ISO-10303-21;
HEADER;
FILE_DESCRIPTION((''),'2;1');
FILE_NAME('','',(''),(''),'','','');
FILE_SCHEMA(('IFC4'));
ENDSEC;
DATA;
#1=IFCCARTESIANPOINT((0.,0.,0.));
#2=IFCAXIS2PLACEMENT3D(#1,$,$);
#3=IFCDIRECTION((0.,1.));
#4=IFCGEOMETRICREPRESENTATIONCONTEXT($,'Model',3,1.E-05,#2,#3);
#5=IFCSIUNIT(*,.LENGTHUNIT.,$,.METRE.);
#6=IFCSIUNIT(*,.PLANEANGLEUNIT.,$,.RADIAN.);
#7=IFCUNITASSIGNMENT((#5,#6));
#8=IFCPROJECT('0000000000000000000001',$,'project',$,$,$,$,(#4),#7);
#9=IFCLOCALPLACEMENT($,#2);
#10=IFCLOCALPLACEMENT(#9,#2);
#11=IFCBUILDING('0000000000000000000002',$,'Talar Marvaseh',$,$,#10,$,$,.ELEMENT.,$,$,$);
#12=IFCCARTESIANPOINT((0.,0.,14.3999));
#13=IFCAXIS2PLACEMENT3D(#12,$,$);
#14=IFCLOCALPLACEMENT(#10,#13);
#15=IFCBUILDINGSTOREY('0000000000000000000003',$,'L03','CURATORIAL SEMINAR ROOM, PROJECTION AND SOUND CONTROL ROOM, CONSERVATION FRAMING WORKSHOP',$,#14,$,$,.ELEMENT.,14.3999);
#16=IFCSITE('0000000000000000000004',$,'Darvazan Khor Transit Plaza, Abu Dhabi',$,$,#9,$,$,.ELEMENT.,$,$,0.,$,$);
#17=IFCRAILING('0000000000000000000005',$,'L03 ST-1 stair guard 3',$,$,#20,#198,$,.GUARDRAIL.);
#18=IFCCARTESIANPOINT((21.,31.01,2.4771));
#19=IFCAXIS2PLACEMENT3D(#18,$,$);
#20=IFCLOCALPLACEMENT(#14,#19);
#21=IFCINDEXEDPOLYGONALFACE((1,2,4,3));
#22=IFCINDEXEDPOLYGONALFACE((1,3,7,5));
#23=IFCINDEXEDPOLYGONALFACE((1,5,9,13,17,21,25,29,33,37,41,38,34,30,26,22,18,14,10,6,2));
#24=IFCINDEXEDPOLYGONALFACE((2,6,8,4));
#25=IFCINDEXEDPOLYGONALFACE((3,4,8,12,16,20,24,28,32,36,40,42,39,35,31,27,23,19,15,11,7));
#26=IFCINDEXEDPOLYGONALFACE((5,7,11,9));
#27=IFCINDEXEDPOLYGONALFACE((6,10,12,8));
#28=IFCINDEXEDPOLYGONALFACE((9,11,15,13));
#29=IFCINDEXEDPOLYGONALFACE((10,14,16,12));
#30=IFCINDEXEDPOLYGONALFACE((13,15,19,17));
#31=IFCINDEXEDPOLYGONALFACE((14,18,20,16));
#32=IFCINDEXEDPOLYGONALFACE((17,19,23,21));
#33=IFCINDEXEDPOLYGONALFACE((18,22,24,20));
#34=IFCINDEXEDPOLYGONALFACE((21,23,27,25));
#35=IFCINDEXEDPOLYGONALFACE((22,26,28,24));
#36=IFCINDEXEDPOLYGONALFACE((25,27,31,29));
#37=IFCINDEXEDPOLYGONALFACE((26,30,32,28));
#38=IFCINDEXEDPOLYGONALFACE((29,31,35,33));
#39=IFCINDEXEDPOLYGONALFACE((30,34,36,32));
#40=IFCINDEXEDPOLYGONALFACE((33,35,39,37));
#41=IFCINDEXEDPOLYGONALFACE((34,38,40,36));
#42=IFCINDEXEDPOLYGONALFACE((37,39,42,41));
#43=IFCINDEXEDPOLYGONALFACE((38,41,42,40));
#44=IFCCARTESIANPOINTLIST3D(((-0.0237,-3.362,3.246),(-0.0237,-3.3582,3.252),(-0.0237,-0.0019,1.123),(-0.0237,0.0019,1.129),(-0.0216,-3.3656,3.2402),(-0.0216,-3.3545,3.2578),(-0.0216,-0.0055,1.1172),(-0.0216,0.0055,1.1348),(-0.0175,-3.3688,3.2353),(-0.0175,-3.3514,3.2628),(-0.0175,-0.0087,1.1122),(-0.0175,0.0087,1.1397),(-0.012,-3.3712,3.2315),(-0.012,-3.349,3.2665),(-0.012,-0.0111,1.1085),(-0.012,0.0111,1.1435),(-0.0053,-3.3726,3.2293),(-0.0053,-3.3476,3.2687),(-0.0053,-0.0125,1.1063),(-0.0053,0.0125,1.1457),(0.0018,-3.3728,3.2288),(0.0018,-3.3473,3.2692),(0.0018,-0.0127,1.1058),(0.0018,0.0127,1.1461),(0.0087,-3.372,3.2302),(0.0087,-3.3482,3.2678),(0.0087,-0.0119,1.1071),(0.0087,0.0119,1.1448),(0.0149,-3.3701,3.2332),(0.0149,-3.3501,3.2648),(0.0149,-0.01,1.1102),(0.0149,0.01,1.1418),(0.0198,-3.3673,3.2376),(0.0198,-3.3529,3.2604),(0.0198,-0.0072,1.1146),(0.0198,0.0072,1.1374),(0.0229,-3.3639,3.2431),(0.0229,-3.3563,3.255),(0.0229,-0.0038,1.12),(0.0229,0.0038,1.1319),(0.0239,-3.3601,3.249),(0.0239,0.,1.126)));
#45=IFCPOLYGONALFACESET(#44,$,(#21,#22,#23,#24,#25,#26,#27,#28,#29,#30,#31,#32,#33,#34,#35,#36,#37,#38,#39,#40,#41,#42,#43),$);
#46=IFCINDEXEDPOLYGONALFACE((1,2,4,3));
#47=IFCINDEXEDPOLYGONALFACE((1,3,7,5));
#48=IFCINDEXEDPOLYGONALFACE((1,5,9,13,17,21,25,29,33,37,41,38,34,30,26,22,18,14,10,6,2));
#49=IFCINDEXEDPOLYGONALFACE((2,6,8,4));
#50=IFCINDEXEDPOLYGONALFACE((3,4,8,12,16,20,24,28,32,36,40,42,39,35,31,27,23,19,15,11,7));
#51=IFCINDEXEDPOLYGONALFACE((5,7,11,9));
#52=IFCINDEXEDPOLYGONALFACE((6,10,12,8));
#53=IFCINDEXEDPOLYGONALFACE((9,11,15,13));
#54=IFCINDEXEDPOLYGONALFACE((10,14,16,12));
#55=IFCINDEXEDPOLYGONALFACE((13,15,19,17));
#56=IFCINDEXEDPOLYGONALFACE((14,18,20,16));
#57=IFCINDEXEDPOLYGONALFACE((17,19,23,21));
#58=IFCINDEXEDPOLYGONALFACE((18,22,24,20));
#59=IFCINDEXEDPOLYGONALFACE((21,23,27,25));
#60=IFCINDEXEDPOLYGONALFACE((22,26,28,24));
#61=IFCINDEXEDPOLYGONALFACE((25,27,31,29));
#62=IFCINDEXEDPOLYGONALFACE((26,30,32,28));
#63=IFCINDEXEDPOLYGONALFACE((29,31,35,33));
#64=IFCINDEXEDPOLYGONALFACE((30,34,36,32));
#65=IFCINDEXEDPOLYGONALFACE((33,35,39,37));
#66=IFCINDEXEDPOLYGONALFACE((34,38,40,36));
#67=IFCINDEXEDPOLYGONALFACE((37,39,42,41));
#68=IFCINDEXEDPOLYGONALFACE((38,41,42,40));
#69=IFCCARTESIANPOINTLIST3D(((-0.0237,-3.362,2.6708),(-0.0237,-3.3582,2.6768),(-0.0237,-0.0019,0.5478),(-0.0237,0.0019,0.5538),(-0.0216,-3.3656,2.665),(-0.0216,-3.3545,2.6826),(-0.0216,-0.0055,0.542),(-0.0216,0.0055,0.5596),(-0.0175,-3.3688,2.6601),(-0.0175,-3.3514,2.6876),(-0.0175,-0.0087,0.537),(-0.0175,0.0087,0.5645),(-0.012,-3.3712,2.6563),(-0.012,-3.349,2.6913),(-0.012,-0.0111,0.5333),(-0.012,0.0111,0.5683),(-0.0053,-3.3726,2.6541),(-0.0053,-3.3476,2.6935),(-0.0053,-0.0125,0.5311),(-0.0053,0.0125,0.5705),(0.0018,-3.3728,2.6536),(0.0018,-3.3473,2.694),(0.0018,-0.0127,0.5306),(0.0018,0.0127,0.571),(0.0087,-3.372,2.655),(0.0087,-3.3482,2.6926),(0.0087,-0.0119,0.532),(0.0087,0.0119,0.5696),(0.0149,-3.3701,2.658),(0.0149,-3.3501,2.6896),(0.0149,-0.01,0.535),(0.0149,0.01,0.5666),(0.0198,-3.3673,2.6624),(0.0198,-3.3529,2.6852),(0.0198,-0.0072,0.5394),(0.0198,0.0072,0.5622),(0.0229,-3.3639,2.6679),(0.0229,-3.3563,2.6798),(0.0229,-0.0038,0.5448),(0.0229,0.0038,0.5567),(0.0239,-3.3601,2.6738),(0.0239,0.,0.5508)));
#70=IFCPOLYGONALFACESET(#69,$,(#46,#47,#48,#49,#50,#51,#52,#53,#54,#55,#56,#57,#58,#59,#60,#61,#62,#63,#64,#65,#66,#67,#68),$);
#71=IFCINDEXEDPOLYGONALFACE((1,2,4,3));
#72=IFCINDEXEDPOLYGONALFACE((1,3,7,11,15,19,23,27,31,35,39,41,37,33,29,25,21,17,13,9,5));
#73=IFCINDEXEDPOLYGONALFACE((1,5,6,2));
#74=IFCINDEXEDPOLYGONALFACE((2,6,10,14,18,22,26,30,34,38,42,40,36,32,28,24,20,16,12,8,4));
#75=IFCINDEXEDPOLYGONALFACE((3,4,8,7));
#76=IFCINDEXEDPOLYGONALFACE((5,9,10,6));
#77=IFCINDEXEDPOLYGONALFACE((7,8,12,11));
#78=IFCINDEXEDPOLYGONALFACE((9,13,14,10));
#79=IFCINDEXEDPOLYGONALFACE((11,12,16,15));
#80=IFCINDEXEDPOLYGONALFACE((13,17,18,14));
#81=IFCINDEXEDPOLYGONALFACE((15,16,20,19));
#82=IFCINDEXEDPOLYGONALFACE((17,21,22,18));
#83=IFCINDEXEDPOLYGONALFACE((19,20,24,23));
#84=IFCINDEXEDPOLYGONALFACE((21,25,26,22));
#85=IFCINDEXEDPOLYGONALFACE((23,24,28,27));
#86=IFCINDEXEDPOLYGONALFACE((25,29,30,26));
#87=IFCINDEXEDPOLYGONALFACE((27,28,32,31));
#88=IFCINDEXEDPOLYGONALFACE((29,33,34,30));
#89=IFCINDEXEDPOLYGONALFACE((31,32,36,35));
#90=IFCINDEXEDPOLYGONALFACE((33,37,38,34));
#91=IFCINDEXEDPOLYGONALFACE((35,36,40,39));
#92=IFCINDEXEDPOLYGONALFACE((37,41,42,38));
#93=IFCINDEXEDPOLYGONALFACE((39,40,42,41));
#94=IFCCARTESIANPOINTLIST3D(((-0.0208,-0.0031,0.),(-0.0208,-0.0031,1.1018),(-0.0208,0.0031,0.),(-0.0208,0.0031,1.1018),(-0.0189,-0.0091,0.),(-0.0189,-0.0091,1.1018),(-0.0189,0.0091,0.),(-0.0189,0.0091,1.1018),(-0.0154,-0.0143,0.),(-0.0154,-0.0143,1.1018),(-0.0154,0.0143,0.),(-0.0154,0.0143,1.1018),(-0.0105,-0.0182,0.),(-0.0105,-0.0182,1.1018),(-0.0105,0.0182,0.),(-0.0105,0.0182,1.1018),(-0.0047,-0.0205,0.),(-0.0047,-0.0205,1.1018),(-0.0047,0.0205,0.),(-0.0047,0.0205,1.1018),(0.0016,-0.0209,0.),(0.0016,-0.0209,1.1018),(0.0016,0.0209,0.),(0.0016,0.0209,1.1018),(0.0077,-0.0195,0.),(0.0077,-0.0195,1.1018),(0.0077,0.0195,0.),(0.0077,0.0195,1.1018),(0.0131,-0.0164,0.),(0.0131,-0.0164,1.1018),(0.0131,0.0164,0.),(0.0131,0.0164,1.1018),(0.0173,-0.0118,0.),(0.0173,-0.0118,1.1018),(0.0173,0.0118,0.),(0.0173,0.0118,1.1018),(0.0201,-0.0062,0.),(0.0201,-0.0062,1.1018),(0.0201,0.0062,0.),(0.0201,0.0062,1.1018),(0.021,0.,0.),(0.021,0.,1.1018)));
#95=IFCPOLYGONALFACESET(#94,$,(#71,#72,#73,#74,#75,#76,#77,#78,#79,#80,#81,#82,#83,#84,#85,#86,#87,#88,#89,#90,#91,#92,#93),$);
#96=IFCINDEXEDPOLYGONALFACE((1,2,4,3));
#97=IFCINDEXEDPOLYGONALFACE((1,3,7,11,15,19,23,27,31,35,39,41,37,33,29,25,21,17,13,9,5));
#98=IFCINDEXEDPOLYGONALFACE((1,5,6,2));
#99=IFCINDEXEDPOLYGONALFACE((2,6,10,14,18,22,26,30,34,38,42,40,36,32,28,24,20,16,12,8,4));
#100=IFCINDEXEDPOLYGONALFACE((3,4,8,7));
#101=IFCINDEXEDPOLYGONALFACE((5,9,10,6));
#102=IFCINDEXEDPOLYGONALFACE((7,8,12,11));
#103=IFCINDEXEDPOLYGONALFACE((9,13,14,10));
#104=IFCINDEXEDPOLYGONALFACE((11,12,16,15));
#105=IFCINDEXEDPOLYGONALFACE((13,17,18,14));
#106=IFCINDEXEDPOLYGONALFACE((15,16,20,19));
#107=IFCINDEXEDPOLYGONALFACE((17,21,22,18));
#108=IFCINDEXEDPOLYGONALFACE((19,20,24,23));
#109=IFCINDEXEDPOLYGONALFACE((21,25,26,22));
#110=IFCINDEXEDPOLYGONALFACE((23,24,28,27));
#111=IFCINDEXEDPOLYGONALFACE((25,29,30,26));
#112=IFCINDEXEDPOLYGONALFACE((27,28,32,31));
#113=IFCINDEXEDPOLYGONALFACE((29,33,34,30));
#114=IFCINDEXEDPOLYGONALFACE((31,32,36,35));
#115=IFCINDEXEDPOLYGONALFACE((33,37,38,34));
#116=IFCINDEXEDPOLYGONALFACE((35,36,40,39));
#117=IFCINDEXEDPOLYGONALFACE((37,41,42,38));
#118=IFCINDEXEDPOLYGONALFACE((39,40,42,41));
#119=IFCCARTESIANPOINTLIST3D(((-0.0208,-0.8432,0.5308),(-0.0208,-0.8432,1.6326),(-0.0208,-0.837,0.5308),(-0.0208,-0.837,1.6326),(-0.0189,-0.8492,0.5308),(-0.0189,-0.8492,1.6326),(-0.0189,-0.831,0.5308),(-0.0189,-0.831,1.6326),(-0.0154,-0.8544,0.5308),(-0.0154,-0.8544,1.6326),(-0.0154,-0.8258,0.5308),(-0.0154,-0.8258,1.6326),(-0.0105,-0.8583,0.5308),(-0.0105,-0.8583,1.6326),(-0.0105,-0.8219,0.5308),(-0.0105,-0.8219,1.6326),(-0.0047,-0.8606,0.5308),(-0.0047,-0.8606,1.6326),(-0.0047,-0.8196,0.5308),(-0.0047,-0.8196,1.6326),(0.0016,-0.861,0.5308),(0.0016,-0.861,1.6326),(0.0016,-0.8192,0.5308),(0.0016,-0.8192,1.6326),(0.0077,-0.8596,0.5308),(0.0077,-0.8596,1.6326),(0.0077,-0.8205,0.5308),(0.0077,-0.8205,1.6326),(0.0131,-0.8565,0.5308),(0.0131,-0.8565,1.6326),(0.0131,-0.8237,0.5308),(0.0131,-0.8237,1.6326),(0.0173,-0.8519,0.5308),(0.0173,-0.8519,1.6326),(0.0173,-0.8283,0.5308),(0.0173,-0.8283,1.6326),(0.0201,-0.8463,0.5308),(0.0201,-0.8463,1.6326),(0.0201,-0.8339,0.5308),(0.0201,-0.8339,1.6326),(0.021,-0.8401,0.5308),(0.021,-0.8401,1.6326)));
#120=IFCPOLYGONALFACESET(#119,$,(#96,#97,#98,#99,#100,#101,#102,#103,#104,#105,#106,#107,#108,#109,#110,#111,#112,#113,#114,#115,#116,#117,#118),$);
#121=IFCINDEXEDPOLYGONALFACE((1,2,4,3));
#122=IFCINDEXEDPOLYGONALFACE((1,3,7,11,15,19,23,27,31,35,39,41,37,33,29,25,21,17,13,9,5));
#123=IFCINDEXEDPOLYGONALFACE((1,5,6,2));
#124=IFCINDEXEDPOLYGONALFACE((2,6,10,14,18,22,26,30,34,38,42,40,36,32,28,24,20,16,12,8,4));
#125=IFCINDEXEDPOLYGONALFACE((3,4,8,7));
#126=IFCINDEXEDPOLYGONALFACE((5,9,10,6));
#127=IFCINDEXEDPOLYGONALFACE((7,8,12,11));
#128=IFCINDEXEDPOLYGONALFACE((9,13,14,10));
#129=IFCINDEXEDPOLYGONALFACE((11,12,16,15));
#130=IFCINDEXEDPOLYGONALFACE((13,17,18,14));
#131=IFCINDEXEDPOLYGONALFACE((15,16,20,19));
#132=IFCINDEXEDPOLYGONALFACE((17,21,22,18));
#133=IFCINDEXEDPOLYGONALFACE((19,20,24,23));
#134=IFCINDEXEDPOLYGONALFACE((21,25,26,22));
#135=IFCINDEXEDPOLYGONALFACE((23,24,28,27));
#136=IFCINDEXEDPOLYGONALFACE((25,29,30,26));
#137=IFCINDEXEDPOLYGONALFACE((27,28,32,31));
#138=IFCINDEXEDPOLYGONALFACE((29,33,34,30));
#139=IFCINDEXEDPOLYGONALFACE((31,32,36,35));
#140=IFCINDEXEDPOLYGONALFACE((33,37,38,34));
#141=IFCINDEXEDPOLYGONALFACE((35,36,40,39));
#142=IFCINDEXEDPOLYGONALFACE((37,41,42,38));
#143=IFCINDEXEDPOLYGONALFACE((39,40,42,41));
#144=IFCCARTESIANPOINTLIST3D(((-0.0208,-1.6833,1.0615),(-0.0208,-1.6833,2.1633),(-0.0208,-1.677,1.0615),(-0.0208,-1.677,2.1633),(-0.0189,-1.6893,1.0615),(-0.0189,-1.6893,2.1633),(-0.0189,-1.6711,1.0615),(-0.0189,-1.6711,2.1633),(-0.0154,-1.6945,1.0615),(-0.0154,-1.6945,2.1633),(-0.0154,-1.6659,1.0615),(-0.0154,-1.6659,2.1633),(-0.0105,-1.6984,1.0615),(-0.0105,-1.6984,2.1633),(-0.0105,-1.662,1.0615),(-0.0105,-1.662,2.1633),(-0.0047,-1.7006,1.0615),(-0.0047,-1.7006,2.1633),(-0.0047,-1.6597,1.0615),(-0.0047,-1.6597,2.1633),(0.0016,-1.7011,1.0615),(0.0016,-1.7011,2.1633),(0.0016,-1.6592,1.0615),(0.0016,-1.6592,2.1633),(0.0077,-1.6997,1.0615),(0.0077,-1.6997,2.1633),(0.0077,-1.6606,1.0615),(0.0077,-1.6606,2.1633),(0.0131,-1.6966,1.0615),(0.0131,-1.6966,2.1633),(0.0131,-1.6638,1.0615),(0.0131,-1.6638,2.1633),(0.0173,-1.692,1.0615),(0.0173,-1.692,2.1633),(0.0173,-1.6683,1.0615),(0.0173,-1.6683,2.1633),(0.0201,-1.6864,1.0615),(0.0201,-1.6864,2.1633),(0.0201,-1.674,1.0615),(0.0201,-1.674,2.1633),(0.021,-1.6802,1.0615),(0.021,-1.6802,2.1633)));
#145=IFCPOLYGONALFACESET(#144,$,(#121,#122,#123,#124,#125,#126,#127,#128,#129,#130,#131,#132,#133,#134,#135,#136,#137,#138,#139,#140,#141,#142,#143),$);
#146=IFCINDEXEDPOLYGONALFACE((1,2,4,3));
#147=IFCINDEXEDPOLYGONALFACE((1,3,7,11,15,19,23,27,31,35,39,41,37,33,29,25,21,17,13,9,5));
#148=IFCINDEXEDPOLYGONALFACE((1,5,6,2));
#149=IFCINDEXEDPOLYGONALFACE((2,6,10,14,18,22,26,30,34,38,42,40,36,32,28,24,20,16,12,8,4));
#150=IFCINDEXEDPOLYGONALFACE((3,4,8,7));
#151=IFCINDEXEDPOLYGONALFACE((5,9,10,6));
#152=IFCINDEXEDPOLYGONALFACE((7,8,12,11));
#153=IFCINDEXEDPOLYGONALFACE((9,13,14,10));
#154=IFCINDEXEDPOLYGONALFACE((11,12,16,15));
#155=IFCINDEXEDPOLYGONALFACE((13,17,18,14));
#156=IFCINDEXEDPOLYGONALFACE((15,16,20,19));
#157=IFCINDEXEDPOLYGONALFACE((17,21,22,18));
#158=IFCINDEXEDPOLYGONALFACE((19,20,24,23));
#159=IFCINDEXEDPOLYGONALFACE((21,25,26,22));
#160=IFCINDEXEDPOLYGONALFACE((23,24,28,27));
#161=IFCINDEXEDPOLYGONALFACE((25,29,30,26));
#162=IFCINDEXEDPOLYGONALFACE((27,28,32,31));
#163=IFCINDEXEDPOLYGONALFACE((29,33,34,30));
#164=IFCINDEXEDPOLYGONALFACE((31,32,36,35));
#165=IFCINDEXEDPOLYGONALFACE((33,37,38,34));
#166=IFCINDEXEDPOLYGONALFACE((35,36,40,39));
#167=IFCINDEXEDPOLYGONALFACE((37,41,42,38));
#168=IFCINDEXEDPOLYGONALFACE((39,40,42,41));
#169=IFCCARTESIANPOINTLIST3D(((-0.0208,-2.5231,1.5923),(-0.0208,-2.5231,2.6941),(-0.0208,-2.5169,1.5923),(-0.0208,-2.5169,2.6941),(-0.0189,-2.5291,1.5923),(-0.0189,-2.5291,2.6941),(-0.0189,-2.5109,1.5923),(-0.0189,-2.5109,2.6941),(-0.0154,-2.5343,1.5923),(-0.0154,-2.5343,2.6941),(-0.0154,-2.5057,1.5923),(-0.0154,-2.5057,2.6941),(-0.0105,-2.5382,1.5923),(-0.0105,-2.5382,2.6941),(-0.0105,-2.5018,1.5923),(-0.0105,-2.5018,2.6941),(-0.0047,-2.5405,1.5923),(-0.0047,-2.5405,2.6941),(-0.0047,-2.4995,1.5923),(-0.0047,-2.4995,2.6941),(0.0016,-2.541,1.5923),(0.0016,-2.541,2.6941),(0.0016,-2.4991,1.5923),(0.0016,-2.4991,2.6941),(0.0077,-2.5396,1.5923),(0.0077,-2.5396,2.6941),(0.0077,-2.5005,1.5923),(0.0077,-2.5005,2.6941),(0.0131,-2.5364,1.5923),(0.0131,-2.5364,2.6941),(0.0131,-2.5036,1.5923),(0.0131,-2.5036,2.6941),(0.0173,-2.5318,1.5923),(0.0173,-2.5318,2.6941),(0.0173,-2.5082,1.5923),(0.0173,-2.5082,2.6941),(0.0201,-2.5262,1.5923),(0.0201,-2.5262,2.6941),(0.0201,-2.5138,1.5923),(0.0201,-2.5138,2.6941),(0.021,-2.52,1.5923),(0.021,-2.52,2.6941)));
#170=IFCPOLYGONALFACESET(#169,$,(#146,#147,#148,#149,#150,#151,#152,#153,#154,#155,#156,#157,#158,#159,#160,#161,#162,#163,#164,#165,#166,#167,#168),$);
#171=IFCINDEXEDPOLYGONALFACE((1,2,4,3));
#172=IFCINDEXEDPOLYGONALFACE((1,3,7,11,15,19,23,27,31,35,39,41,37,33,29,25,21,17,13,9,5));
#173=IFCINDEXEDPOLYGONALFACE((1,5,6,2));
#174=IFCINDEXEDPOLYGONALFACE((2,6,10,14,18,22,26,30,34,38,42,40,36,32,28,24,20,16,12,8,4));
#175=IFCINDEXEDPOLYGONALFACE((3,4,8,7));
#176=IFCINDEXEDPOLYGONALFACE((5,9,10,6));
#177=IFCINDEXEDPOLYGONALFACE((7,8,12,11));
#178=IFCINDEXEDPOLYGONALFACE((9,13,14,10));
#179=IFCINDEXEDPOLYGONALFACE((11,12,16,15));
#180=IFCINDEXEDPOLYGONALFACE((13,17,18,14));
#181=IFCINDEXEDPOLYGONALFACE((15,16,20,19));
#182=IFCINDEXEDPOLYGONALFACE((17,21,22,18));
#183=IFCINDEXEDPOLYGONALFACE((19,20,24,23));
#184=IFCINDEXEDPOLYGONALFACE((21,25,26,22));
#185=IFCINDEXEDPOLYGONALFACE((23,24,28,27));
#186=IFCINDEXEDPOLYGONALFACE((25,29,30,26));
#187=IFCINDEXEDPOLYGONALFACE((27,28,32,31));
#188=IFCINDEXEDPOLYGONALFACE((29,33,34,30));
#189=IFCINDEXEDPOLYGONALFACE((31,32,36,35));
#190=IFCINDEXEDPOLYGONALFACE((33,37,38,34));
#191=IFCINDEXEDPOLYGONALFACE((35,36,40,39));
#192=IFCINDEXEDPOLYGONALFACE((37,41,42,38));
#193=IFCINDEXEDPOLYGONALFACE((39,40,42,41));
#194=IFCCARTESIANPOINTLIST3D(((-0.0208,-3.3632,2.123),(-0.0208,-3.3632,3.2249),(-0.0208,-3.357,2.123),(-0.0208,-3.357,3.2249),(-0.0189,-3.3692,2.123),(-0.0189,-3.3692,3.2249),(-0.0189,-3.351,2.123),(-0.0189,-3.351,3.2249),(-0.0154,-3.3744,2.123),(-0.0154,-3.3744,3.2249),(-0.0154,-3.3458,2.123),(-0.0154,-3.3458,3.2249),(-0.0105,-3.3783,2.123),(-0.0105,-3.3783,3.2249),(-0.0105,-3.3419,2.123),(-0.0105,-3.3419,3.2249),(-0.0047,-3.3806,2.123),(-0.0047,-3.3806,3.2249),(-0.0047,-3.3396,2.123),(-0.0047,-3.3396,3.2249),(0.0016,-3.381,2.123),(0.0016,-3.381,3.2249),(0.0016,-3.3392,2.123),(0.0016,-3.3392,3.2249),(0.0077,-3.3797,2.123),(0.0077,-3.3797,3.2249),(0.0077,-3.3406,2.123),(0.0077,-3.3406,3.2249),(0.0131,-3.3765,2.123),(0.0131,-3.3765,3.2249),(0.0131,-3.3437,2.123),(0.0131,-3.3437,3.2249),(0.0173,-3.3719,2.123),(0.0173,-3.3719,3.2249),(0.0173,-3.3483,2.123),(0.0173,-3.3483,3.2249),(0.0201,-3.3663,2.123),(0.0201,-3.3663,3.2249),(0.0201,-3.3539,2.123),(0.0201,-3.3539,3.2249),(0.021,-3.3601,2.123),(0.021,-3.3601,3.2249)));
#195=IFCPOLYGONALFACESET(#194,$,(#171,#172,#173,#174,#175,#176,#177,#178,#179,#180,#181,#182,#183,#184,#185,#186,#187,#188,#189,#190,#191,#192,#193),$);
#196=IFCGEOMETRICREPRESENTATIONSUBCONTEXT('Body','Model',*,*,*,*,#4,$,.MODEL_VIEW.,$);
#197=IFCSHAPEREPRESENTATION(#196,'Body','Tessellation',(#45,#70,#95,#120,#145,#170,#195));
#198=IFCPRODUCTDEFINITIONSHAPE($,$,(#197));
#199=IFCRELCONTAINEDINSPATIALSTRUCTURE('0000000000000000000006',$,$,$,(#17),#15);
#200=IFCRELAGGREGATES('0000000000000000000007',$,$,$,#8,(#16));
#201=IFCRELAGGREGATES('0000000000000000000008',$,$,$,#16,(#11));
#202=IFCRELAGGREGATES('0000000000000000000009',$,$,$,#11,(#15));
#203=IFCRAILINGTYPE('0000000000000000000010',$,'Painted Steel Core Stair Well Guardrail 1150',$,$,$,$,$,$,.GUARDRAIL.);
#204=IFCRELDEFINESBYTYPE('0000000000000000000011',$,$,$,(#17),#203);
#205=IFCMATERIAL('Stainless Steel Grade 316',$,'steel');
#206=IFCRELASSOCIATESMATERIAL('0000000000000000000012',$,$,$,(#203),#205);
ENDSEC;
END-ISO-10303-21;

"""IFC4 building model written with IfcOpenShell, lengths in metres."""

from ifc_helpers import new_model, si_unit, direction, frame, origin, origin_2d, place, context, subcontext, project, spatial, circle, extrude, material, type_object, element, save


model = new_model("IFC4")

# Units and contexts
model_context = context("Model", 3, precision=1e-05, world=origin(), true_north=direction((0.0, 1.0)))
body_context = subcontext(model_context, "Body", "Model", "MODEL_VIEW")
ifc_project = project(units=[si_unit("LENGTHUNIT", "METRE"), si_unit("PLANEANGLEUNIT", "RADIAN")], contexts=[model_context])

# Site, building, storey
site_placement = place(None, origin())
site = spatial("IfcSite", under=ifc_project, at=site_placement, Name="Darvazan Khor Transit Plaza, Abu Dhabi", CompositionType="ELEMENT", RefElevation=0.0)
building_placement = place(site_placement, origin())
building = spatial("IfcBuilding", under=site, at=building_placement, Name="Talar Marvaseh", CompositionType="ELEMENT")
storey_placement = place(building_placement, frame((0.0, 0.0, 14.3999)))
storey = spatial("IfcBuildingStorey", under=building, at=storey_placement, Name="L03", Description="CURATORIAL SEMINAR ROOM, PROJECTION AND SOUND CONTROL ROOM, CONSERVATION FRAMING WORKSHOP", CompositionType="ELEMENT", Elevation=14.3999)

# Railing
ifc_material_1 = material(Name="Stainless Steel Grade 316", Category="steel")
railing_type_1 = type_object("IfcRailingType", Name="Painted Steel Core Stair Well Guardrail 1150", PredefinedType="GUARDRAIL", material=ifc_material_1)
railing_1_placement = place(storey_placement, frame((21.0, 31.01, 2.4771)))
element("IfcRailing", 1, at=railing_1_placement, inside=storey, type_object=railing_type_1, Name="L03 ST-1 stair guard 3", PredefinedType="GUARDRAIL", context=body_context, shape_type="SweptSolid", body=[
    extrude(circle(Radius=0.0239, at=origin_2d()), frame((0.0, 0.0, 1.126), z_axis=(0.0, -0.84539, 0.53415), x_axis=(1.0, 0.0, 0.0)), (0.0, 0.0, 1.0), 3.9746),
    extrude(circle(Radius=0.0239, at=origin_2d()), frame((0.0, 0.0, 0.5508), z_axis=(0.0, -0.84539, 0.53415), x_axis=(1.0, 0.0, 0.0)), (0.0, 0.0, 1.0), 3.9746),
    extrude(circle(Radius=0.021, at=origin_2d()), origin(), (0.0, 0.0, 1.0), 1.1018),
    extrude(circle(Radius=0.021, at=origin_2d()), frame((0.0, -0.8401, 0.5308)), (0.0, 0.0, 1.0), 1.1018),
    extrude(circle(Radius=0.021, at=origin_2d()), frame((0.0, -1.6802, 1.0615)), (0.0, 0.0, 1.0), 1.1018),
    extrude(circle(Radius=0.021, at=origin_2d()), frame((0.0, -2.52, 1.5923)), (0.0, 0.0, 1.0), 1.1018),
    extrude(circle(Radius=0.021, at=origin_2d()), frame((0.0, -3.3601, 2.123)), (0.0, 0.0, 1.0), 1.1018),
])

save(model, "model.ifc")
